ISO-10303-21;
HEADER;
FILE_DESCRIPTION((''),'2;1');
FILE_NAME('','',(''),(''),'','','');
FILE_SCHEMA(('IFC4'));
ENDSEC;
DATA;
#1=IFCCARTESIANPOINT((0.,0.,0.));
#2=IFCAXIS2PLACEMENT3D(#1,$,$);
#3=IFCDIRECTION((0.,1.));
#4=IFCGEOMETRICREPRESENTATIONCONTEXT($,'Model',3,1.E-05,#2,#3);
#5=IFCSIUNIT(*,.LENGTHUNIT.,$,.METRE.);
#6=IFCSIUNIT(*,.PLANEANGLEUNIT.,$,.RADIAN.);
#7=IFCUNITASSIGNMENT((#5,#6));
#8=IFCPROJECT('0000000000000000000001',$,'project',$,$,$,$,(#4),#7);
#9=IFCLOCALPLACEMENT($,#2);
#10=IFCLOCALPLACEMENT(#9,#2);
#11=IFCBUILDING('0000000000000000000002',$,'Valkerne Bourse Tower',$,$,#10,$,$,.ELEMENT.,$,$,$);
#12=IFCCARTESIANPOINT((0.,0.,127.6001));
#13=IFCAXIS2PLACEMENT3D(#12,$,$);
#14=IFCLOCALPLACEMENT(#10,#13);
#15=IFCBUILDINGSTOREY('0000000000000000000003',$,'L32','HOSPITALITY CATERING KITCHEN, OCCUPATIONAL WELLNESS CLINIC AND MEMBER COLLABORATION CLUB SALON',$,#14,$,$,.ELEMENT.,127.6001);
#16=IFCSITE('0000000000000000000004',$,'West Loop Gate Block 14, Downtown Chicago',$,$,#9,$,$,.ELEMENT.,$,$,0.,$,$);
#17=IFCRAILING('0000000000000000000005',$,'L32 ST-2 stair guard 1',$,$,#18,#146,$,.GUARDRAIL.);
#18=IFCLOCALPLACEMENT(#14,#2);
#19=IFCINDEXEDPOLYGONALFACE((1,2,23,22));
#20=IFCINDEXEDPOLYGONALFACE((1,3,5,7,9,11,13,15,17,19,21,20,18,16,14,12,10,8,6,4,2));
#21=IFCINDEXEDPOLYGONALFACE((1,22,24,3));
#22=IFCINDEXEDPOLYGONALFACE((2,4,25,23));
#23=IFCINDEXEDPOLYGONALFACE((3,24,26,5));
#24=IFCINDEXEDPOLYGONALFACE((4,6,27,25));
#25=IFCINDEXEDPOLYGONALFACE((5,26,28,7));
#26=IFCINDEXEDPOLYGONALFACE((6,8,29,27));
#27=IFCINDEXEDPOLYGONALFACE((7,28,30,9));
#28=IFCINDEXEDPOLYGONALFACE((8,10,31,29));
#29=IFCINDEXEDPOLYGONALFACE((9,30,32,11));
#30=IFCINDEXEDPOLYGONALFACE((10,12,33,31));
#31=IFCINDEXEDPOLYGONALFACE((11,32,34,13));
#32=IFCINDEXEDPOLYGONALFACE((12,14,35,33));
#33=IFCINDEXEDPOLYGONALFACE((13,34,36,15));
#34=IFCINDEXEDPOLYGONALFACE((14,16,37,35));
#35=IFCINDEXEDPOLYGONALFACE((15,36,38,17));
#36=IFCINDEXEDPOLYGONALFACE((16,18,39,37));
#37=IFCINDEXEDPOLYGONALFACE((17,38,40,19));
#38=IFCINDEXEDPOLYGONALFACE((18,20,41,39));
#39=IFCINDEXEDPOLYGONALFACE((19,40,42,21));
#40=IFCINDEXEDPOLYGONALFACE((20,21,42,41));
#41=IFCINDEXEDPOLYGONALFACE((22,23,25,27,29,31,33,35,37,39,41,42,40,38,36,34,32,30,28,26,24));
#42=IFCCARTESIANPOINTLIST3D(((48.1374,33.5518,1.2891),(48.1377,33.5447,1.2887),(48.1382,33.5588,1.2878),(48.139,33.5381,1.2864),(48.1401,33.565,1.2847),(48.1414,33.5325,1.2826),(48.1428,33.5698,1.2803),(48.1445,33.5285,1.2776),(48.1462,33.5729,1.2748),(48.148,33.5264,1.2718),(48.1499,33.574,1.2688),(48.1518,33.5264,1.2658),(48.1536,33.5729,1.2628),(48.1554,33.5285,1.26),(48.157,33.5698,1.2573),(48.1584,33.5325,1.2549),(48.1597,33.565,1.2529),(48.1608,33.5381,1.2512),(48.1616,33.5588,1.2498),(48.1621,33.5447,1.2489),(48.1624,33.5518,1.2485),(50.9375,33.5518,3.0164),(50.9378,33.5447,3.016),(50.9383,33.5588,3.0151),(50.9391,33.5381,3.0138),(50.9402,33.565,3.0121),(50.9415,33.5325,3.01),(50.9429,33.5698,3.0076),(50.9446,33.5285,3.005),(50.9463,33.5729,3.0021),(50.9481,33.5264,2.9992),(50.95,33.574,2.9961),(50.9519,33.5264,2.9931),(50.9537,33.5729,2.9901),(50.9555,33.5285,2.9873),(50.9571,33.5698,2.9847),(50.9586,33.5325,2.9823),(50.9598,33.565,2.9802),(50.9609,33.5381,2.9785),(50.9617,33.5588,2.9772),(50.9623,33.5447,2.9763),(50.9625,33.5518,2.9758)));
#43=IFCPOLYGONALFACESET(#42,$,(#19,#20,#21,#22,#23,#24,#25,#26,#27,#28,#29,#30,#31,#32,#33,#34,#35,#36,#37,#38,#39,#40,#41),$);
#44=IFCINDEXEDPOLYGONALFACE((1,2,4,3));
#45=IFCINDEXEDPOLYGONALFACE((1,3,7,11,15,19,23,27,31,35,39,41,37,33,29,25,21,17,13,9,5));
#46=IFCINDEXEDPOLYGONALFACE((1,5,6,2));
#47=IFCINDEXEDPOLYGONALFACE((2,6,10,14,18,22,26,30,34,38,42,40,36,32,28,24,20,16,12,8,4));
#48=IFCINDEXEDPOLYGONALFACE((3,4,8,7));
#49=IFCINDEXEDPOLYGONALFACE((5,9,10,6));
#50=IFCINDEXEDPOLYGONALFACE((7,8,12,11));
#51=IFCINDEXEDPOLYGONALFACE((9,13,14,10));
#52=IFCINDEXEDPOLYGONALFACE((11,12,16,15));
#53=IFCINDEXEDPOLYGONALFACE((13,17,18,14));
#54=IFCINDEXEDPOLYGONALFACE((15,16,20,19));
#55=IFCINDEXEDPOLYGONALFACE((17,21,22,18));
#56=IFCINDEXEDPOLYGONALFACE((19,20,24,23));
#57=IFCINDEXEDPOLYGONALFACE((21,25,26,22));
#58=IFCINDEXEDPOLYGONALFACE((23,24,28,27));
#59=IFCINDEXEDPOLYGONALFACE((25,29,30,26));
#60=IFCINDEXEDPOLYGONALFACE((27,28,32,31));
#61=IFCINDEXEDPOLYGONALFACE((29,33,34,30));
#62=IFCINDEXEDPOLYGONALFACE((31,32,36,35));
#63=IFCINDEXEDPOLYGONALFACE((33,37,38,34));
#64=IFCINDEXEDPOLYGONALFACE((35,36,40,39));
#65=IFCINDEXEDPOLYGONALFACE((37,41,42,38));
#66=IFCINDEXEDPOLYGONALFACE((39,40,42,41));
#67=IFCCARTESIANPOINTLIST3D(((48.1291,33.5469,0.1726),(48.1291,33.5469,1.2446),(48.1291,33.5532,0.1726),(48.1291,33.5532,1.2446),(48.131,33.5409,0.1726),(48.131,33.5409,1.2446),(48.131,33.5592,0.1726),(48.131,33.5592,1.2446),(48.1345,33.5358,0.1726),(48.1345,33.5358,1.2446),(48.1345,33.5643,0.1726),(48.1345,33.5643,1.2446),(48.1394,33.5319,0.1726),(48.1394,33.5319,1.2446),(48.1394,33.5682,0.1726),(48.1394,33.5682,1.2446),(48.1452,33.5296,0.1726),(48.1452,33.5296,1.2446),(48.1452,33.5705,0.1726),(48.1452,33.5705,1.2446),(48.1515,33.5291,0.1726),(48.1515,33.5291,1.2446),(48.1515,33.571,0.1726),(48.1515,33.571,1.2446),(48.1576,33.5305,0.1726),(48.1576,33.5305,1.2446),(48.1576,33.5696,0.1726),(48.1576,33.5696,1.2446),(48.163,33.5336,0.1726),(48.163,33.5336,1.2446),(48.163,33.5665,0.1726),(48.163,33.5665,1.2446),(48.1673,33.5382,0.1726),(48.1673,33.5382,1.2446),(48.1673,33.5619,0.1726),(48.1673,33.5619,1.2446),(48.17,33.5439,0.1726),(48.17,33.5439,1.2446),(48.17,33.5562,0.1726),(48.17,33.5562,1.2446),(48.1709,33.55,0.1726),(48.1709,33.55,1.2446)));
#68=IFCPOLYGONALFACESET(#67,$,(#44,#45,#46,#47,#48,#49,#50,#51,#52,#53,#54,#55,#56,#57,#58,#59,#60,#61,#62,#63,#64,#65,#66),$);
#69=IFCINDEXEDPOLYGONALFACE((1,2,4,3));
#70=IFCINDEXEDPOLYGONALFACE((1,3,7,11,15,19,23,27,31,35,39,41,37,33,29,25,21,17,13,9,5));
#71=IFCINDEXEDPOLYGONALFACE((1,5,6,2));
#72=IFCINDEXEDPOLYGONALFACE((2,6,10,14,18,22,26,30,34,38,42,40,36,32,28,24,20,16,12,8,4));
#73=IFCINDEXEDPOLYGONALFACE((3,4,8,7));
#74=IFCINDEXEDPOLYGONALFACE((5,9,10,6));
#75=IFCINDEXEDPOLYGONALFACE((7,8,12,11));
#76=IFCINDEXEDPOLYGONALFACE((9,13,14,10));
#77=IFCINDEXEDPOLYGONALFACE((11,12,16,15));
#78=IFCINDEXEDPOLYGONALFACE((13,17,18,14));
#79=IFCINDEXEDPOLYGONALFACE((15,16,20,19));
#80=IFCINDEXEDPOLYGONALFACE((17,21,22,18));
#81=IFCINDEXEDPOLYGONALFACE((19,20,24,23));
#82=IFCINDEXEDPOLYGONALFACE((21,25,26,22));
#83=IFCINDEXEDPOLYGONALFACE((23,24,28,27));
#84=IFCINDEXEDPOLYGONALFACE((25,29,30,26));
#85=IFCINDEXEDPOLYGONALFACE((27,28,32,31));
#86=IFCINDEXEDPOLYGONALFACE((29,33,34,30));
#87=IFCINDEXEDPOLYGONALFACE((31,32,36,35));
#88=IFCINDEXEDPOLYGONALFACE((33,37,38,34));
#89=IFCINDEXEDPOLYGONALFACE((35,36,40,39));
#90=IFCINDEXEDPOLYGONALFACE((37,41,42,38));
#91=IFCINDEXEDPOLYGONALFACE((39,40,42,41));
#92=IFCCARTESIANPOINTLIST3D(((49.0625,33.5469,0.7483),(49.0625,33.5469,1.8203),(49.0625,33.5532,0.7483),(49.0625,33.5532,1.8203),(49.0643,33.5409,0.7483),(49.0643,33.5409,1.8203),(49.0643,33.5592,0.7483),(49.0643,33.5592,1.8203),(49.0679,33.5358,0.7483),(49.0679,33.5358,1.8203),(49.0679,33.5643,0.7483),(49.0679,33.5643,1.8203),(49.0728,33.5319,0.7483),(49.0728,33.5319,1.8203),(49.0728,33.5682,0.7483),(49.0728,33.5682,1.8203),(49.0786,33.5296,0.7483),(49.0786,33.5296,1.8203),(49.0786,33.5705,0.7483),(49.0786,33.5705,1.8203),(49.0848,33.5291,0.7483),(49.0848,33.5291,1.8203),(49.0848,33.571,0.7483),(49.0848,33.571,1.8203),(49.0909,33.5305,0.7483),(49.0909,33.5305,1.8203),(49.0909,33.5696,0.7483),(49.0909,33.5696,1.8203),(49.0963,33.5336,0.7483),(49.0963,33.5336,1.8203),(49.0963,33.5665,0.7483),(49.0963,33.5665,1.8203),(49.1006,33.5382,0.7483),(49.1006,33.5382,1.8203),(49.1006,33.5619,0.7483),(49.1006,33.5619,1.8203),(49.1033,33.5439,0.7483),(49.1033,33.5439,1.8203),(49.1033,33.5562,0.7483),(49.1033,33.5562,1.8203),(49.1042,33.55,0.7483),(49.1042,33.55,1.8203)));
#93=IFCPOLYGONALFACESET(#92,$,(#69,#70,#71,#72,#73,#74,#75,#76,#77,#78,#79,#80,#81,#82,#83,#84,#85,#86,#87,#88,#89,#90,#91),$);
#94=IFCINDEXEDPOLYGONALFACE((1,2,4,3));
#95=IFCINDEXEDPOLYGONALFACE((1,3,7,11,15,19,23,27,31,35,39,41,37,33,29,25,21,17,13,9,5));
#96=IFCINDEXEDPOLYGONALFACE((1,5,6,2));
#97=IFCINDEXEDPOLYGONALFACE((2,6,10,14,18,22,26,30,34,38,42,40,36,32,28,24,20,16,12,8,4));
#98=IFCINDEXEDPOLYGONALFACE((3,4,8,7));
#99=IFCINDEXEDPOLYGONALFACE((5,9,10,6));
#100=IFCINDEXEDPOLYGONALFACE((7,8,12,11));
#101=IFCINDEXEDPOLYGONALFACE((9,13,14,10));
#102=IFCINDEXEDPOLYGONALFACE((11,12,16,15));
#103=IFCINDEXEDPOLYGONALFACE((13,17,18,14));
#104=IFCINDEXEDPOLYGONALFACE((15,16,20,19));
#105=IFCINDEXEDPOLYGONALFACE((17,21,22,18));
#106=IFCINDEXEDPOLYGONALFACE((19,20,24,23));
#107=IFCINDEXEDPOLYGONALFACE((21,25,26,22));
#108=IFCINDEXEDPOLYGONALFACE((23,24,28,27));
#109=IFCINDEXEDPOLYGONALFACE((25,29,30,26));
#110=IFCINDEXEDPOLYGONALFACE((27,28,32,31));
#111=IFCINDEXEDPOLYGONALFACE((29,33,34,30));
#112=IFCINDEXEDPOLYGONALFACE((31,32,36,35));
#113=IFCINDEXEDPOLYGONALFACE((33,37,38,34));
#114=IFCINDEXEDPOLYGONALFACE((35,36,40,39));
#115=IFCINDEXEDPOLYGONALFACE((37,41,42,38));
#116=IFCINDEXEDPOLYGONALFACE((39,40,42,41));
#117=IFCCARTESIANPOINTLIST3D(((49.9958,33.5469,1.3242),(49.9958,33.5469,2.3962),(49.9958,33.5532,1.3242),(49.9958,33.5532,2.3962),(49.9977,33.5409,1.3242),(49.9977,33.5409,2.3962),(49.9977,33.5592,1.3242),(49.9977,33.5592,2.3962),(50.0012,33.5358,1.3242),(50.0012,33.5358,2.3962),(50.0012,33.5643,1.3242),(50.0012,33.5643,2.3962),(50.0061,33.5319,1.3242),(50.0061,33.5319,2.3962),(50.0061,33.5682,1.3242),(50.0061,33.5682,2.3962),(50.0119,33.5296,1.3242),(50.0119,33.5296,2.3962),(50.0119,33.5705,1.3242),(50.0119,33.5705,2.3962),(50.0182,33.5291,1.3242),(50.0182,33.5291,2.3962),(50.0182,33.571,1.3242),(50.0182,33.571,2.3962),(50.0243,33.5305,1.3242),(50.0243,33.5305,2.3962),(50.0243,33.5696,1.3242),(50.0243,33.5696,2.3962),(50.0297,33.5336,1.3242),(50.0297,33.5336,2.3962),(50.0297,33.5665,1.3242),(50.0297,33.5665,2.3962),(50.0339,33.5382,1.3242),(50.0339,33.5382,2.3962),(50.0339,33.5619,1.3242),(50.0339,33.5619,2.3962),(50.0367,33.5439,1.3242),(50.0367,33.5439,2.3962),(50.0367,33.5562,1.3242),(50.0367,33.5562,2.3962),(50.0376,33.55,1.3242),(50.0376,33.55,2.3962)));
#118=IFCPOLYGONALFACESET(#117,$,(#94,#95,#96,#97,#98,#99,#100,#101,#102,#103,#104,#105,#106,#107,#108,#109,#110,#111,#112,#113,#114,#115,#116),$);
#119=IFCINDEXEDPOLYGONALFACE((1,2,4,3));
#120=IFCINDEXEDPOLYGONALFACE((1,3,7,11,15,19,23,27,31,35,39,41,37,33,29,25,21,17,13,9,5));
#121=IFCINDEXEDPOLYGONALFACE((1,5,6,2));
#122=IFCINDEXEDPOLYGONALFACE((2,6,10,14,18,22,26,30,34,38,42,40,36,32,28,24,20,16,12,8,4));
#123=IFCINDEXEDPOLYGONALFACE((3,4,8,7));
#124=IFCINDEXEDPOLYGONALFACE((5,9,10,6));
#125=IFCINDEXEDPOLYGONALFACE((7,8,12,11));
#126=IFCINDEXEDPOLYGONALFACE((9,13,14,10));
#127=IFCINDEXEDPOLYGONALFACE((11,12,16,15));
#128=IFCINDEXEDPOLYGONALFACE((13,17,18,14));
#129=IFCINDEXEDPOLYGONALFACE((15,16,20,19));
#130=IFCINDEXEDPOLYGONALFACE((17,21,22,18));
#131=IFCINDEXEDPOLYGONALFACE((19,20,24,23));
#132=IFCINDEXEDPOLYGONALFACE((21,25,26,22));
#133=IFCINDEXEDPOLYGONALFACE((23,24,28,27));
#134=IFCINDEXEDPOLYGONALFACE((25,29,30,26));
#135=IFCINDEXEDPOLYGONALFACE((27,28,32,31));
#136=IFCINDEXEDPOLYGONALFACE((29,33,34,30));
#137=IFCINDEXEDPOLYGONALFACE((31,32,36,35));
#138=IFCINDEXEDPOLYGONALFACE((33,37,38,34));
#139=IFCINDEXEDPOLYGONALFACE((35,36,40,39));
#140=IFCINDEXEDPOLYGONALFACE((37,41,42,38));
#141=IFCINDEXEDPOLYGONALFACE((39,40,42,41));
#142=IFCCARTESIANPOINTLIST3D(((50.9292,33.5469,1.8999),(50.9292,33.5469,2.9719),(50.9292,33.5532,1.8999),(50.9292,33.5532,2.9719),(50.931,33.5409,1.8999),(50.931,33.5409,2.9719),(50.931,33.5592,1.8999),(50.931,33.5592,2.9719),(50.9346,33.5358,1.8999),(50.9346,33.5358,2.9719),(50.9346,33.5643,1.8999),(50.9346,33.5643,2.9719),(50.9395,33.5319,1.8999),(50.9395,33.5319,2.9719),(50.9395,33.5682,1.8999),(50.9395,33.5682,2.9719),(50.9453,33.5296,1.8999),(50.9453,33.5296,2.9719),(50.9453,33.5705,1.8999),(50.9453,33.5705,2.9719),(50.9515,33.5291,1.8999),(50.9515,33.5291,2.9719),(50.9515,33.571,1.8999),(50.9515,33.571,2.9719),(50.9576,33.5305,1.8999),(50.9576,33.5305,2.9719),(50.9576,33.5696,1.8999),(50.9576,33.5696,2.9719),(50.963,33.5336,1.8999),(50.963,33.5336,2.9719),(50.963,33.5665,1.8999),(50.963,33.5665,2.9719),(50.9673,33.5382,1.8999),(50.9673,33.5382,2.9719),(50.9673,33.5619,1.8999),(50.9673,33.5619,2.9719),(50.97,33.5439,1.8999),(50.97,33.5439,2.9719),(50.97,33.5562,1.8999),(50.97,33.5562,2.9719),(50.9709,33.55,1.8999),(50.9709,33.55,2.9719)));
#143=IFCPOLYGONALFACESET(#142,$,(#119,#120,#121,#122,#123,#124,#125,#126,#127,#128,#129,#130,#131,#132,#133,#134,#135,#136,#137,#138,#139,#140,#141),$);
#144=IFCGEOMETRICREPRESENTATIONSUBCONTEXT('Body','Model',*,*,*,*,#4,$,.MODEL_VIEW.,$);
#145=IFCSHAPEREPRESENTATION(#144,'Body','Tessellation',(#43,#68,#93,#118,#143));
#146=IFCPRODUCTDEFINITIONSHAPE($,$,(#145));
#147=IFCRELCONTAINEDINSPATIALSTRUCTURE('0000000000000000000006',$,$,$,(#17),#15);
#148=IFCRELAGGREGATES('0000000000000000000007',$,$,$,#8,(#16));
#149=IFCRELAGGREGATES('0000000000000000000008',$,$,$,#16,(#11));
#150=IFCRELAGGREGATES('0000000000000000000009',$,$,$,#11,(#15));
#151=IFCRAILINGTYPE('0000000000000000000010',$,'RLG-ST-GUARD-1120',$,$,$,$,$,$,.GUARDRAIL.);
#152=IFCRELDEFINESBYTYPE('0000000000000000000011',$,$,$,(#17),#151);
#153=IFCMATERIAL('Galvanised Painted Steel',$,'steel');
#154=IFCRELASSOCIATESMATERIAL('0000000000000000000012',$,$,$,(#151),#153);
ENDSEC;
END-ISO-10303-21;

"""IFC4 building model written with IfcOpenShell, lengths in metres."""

from ifc_helpers import new_model, si_unit, direction, frame, origin, origin_2d, place, context, subcontext, project, spatial, circle, extrude, material, type_object, element, save


model = new_model("IFC4")

# Units and contexts
model_context = context("Model", 3, precision=1e-05, world=origin(), true_north=direction((0.0, 1.0)))
body_context = subcontext(model_context, "Body", "Model", "MODEL_VIEW")
ifc_project = project(units=[si_unit("LENGTHUNIT", "METRE"), si_unit("PLANEANGLEUNIT", "RADIAN")], contexts=[model_context])

# Site, building, storey
site_placement = place(None, origin())
site = spatial("IfcSite", under=ifc_project, at=site_placement, Name="West Loop Gate Block 14, Downtown Chicago", CompositionType="ELEMENT", RefElevation=0.0)
building_placement = place(site_placement, origin())
building = spatial("IfcBuilding", under=site, at=building_placement, Name="Valkerne Bourse Tower", CompositionType="ELEMENT")
storey_placement = place(building_placement, frame((0.0, 0.0, 127.6001)))
storey = spatial("IfcBuildingStorey", under=building, at=storey_placement, Name="L32", Description="HOSPITALITY CATERING KITCHEN, OCCUPATIONAL WELLNESS CLINIC AND MEMBER COLLABORATION CLUB SALON", CompositionType="ELEMENT", Elevation=127.6001)

# Shared definitions
ifc_material_1 = material(Name="Galvanised Painted Steel", Category="steel")

# Railing
railing_type_1 = type_object("IfcRailingType", Name="RLG-ST-GUARD-1120", PredefinedType="GUARDRAIL", material=ifc_material_1)
railing_1_placement = place(storey_placement, frame((48.1499, 33.55, 0.1726)))
element("IfcRailing", 1, at=railing_1_placement, inside=storey, type_object=railing_type_1, Name="L32 ST-2 stair guard 1", PredefinedType="GUARDRAIL", context=body_context, shape_type="SweptSolid", body=[
    extrude(circle(Radius=0.0239, at=origin_2d()), frame((0.0, 0.0, 1.0962), z_axis=(0.85109, 0.0, 0.52502), x_axis=(0.0, 1.0, 0.0)), (0.0, 0.0, 1.0), 3.29),
    extrude(circle(Radius=0.021, at=origin_2d()), origin(), (0.0, 0.0, 1.0), 1.072),
    extrude(circle(Radius=0.021, at=origin_2d()), frame((0.9333, 0.0, 0.5757)), (0.0, 0.0, 1.0), 1.072),
    extrude(circle(Radius=0.021, at=origin_2d()), frame((1.8667, 0.0, 1.1516)), (0.0, 0.0, 1.0), 1.072),
    extrude(circle(Radius=0.021, at=origin_2d()), frame((2.8, 0.0, 1.7273)), (0.0, 0.0, 1.0), 1.072),
])

save(model, "model.ifc")
